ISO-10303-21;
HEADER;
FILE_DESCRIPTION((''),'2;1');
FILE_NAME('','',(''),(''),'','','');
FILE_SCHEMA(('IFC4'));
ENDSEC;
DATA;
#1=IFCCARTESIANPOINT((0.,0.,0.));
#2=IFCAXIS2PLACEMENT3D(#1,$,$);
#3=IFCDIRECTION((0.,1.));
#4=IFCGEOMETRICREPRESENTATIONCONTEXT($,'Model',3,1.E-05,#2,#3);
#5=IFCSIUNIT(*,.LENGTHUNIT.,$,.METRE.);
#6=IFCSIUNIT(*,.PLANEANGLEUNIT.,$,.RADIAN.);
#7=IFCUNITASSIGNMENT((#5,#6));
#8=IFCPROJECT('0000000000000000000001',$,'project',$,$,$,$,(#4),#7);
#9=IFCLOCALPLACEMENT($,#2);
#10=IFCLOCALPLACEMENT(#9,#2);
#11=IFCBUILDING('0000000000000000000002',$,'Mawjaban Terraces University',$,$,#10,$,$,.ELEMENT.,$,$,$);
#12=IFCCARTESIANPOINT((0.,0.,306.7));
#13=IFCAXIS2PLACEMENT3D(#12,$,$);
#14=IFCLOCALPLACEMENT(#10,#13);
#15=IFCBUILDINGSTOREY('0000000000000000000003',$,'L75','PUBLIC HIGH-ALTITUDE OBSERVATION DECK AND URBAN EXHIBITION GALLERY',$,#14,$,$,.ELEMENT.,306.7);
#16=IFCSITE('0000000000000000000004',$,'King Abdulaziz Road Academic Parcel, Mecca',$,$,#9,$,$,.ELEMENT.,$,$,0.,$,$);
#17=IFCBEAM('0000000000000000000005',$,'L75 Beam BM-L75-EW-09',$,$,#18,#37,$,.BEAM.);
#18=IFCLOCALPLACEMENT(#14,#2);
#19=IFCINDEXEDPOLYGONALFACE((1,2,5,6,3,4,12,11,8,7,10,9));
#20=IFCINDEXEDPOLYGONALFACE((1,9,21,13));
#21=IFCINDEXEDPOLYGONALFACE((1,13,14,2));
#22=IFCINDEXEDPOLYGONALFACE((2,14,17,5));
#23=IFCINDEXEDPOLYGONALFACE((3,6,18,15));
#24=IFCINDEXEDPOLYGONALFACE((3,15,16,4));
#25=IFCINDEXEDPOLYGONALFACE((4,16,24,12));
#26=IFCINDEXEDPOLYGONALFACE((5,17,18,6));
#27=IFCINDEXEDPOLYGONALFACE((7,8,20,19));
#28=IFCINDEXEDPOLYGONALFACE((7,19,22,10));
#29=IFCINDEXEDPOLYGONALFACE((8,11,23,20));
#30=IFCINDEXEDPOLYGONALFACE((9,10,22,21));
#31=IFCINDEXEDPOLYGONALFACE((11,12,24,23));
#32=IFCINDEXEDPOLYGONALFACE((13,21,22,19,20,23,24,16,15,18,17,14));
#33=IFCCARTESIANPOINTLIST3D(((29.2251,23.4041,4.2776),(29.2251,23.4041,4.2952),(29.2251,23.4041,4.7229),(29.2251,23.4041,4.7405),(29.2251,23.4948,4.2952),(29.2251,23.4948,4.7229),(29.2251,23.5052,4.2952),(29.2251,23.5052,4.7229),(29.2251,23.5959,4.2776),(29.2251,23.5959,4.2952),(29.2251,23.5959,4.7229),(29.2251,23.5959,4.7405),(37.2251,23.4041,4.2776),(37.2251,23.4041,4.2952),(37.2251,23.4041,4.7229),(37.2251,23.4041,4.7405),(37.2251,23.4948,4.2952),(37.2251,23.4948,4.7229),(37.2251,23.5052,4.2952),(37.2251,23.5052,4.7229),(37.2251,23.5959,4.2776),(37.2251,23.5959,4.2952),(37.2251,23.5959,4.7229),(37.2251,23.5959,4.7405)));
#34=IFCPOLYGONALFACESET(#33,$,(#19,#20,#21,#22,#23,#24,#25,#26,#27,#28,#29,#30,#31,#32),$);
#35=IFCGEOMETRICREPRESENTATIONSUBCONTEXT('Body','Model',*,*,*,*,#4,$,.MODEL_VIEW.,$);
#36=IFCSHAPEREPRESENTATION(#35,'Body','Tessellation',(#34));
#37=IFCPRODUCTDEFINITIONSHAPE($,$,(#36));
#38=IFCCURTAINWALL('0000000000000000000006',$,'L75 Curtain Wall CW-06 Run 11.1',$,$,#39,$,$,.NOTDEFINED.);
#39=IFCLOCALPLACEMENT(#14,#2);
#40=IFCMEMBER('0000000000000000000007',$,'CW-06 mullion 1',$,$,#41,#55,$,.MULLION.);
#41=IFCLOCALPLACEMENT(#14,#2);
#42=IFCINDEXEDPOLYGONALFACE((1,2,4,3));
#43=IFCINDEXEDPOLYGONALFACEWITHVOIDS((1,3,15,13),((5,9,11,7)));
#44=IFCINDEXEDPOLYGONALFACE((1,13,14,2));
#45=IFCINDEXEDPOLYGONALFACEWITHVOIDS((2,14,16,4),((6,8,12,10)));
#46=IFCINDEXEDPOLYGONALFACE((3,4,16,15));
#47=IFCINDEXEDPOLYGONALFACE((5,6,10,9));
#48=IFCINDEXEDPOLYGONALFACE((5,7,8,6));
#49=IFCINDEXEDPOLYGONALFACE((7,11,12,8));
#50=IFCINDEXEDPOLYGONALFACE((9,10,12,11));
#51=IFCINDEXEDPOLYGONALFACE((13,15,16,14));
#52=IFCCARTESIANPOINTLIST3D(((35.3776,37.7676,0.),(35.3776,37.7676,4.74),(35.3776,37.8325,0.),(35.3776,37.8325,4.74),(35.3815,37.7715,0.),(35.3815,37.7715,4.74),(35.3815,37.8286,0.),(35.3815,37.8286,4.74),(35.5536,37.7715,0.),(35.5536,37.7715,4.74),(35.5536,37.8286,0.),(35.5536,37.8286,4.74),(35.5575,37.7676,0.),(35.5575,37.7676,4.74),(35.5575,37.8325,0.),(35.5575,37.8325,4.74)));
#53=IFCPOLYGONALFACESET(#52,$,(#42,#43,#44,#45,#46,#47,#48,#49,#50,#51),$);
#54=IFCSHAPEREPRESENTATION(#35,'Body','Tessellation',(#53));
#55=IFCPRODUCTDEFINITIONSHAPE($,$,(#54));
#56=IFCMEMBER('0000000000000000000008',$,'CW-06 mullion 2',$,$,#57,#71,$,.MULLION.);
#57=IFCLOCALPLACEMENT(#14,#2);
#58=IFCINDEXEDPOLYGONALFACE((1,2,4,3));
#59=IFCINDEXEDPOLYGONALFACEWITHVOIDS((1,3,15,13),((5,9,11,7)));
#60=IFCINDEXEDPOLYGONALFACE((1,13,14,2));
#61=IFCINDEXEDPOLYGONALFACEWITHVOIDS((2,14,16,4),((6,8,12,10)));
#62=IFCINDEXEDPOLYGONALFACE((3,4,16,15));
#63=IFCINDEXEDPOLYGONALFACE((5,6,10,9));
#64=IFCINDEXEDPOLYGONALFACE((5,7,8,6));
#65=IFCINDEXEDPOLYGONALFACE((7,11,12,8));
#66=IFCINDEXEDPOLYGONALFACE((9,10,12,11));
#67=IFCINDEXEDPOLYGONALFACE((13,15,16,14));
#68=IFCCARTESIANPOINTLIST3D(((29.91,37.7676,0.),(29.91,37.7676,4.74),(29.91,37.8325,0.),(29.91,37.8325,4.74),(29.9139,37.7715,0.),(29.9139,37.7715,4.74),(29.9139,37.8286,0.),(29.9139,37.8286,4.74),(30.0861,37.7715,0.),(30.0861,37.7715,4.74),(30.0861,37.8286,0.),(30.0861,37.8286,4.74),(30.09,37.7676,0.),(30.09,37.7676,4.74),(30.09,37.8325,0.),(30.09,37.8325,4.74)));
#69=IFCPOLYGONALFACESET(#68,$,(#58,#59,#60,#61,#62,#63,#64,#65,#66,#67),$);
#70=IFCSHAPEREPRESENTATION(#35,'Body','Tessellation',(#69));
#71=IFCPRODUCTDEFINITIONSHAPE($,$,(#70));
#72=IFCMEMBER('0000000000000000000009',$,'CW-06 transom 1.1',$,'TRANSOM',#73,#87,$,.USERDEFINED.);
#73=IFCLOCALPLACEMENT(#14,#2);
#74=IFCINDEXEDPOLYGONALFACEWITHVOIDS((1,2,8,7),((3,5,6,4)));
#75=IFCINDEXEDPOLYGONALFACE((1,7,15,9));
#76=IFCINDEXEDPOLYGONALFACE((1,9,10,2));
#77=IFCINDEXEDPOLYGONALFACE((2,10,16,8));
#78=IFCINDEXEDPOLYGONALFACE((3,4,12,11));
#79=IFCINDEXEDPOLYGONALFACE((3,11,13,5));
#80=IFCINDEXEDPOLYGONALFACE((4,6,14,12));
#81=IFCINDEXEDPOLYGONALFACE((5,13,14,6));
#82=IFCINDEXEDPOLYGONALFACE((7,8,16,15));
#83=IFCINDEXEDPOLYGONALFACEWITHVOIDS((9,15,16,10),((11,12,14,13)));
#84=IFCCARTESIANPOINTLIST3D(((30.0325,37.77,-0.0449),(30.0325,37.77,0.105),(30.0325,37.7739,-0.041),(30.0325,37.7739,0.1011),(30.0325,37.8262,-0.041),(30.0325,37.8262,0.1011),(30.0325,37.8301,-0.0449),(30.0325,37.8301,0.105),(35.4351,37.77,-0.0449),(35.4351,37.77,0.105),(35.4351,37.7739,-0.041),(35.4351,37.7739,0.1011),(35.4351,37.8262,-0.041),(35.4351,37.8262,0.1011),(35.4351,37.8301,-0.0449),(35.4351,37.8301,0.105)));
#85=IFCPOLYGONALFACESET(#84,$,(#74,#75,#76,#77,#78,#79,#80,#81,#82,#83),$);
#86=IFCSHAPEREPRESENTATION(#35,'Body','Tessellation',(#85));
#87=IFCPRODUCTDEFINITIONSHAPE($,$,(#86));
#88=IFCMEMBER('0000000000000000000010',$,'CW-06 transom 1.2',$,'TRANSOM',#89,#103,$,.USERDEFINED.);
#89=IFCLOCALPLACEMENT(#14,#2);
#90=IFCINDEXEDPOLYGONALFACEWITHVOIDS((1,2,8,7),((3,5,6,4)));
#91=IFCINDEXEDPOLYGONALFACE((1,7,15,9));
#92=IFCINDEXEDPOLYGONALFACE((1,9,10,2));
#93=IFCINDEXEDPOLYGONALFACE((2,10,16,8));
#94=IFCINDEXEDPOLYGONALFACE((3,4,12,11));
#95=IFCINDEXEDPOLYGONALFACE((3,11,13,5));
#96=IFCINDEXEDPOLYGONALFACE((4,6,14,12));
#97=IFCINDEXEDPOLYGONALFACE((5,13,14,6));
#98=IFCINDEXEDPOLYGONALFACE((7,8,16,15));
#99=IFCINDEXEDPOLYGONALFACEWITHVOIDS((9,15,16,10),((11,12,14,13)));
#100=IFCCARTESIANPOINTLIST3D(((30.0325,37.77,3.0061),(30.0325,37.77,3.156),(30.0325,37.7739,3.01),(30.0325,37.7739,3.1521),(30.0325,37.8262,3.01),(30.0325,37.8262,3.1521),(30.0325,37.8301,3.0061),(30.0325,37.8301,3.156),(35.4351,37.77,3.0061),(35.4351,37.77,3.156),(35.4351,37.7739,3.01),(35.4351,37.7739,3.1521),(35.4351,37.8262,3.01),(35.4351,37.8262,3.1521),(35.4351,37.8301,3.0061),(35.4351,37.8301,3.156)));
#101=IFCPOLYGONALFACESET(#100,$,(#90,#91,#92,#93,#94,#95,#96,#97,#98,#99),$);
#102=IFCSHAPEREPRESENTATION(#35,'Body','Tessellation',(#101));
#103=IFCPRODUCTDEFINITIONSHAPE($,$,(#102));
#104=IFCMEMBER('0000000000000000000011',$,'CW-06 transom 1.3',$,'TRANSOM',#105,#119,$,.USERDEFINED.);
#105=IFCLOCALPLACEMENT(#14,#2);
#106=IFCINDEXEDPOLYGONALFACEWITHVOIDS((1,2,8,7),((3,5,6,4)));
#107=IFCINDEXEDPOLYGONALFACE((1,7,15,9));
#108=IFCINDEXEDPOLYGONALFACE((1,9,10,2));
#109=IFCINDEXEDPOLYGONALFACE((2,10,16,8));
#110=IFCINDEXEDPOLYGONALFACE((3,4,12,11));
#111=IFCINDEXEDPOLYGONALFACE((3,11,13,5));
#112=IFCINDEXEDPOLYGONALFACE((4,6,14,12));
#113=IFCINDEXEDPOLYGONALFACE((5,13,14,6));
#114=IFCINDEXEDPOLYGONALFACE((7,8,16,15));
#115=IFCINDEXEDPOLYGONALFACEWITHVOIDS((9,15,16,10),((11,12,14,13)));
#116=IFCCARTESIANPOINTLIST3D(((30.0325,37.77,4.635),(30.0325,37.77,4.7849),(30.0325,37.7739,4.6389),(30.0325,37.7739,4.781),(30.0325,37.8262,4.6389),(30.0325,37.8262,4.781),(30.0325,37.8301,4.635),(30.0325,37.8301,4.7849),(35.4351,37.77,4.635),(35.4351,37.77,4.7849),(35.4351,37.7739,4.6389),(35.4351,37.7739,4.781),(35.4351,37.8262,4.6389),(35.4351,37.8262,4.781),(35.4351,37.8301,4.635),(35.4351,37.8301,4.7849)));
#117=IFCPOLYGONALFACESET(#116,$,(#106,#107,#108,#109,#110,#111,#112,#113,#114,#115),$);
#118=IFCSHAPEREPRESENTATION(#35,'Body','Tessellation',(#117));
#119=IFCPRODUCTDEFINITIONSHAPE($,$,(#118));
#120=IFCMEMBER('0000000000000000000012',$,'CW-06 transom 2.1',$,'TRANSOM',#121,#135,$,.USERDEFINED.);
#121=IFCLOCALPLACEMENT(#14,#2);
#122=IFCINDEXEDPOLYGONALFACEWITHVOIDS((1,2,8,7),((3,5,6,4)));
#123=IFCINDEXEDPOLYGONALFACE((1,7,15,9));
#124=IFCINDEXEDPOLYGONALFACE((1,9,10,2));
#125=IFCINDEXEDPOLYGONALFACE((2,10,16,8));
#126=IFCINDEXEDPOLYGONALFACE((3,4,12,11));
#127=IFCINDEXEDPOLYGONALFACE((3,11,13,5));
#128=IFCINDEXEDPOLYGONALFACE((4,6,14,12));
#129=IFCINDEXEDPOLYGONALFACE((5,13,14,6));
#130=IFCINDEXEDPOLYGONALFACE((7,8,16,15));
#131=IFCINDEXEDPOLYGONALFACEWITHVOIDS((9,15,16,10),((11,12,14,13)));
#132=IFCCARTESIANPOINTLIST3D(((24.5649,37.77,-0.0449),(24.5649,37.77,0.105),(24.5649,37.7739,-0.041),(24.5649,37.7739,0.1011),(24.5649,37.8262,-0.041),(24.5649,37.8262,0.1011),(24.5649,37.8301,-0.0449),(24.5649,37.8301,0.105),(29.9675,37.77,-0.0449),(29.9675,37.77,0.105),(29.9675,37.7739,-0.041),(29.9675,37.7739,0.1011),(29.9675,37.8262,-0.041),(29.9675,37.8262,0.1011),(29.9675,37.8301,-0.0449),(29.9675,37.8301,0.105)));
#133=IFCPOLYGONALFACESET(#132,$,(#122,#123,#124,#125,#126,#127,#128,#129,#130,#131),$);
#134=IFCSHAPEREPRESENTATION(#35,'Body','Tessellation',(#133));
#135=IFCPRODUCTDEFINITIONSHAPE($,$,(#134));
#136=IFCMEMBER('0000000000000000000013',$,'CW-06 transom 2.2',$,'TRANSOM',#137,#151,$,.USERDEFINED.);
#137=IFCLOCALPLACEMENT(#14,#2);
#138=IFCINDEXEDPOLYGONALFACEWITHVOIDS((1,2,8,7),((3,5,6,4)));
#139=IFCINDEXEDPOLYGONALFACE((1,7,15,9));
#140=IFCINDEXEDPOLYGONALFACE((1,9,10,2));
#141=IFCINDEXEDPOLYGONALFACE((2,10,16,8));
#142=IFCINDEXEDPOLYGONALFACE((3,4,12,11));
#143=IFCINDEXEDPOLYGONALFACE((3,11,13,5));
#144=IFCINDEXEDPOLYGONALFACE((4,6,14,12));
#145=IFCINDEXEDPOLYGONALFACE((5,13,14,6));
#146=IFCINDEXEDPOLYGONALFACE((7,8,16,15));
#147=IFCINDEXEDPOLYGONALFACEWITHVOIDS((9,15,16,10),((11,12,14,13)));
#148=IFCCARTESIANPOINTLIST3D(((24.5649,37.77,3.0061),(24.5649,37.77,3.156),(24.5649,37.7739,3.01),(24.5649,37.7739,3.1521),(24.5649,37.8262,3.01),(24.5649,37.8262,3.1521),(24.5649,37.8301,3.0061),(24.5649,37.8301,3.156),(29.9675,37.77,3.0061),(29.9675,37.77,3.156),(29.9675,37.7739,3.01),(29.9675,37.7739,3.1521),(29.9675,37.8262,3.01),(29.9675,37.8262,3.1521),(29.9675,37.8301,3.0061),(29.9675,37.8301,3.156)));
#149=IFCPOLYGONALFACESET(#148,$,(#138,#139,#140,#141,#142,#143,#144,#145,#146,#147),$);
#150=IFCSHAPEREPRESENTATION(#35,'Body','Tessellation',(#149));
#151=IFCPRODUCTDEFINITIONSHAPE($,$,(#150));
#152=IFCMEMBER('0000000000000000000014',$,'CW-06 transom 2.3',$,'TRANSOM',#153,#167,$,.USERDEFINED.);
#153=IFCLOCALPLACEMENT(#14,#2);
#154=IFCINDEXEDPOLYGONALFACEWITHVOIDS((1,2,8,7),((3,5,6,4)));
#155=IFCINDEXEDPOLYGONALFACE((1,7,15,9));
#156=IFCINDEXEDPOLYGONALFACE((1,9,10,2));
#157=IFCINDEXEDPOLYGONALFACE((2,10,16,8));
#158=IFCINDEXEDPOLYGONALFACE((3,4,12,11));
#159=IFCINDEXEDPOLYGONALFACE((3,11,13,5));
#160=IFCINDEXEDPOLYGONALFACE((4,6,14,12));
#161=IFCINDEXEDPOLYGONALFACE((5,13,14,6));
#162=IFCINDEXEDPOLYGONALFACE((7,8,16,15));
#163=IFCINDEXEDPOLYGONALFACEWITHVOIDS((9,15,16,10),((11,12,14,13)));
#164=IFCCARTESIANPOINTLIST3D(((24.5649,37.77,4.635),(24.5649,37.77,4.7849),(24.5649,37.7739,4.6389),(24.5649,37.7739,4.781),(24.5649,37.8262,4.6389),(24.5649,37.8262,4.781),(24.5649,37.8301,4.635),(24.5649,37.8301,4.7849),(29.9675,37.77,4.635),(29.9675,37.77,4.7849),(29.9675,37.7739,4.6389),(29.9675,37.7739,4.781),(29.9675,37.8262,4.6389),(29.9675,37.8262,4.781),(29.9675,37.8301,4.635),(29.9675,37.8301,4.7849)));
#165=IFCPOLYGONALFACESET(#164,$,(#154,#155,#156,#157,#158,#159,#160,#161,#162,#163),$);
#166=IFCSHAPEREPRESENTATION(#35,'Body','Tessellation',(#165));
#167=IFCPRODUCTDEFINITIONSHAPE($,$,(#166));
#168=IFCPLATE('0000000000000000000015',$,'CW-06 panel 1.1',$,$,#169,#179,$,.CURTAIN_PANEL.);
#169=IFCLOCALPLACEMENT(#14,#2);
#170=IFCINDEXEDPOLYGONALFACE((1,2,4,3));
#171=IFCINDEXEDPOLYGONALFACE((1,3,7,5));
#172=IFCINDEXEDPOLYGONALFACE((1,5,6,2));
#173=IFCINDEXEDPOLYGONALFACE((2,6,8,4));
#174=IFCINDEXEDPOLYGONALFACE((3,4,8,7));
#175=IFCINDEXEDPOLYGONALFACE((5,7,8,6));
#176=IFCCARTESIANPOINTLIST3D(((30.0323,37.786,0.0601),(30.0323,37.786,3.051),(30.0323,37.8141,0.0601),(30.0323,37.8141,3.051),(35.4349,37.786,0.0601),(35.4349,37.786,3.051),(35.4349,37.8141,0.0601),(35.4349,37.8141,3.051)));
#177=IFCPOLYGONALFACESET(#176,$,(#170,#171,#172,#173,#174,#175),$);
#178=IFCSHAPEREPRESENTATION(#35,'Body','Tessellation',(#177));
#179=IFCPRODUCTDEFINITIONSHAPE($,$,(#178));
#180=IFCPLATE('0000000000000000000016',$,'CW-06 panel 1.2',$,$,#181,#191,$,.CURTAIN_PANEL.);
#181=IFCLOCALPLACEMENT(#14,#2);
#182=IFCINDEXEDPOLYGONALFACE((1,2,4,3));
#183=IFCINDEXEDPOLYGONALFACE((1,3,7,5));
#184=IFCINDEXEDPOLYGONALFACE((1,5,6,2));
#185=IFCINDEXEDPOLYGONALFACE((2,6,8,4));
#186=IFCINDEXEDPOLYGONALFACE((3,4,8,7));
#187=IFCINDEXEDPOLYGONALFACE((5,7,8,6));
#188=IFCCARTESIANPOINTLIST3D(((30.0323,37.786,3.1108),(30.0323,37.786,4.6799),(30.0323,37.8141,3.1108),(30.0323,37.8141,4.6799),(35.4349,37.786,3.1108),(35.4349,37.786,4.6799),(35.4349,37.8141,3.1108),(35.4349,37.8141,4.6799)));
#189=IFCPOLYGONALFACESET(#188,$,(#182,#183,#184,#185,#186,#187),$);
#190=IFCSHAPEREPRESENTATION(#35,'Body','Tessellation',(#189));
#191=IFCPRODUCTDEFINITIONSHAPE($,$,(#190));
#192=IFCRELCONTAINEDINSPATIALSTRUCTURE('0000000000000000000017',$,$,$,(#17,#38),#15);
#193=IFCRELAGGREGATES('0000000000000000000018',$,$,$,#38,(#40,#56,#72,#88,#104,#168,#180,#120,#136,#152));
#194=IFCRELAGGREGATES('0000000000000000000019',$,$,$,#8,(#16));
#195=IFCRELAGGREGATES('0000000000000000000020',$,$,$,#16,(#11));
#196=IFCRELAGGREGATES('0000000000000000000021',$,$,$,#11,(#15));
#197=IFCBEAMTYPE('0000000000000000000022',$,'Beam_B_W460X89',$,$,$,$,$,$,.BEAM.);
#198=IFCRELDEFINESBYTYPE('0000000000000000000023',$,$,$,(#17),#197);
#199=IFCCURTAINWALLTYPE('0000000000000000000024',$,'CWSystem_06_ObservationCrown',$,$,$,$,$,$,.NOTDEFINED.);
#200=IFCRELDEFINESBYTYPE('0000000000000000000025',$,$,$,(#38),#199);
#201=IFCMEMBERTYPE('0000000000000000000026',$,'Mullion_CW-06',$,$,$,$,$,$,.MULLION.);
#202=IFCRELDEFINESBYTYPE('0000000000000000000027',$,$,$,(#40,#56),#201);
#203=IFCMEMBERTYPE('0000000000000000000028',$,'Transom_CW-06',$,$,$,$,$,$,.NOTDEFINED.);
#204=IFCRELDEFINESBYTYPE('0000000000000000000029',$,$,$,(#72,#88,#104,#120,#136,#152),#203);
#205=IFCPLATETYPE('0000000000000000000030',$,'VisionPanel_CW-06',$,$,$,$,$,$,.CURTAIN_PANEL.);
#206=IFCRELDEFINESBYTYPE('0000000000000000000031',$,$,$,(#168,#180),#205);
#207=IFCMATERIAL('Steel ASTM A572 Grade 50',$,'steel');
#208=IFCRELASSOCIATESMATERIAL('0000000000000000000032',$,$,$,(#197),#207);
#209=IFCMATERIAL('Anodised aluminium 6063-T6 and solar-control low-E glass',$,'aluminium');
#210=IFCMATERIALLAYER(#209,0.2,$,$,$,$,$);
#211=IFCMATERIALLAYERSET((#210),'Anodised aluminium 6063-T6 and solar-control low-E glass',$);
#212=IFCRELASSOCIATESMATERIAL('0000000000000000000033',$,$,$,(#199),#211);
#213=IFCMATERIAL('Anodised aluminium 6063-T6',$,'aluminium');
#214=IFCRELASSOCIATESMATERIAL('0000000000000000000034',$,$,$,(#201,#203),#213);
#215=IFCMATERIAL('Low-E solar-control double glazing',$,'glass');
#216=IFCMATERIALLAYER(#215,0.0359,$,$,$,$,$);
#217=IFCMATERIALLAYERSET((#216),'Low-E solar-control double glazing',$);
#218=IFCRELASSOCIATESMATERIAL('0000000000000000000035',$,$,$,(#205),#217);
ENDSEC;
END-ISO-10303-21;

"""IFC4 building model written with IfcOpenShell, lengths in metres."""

from ifc_helpers import new_model, si_unit, direction, frame, origin, origin_2d, place, context, subcontext, project, spatial, rectangle, hollow_rectangle, i_section, extrude, material, layer, layer_set, material_profile, profile_set, type_object, element, aggregate, save


model = new_model("IFC4")

# Units and contexts
model_context = context("Model", 3, precision=1e-05, world=origin(), true_north=direction((0.0, 1.0)))
body_context = subcontext(model_context, "Body", "Model", "MODEL_VIEW")
ifc_project = project(units=[si_unit("LENGTHUNIT", "METRE"), si_unit("PLANEANGLEUNIT", "RADIAN")], contexts=[model_context])

# Site, building, storey
site_placement = place(None, origin())
site = spatial("IfcSite", under=ifc_project, at=site_placement, Name="King Abdulaziz Road Academic Parcel, Mecca", CompositionType="ELEMENT", RefElevation=0.0)
building_placement = place(site_placement, origin())
building = spatial("IfcBuilding", under=site, at=building_placement, Name="Mawjaban Terraces University", CompositionType="ELEMENT")
storey_placement = place(building_placement, frame((0.0, 0.0, 306.7)))
storey = spatial("IfcBuildingStorey", under=building, at=storey_placement, Name="L75", Description="PUBLIC HIGH-ALTITUDE OBSERVATION DECK AND URBAN EXHIBITION GALLERY", CompositionType="ELEMENT", Elevation=306.7)

# Beam
ifc_material_1 = material(Name="Steel ASTM A572 Grade 50", Category="steel")
ifc_material_profile_1 = material_profile(ifc_material_1, i_section(OverallWidth=0.1919, OverallDepth=0.4629, WebThickness=0.0105, FlangeThickness=0.0176, at=origin_2d()), Name="W460X89")
ifc_profile_set_1 = profile_set([ifc_material_profile_1], Name="Steel ASTM A572 Grade 50")
beam_type = type_object("IfcBeamType", Name="Beam_B_W460X89", PredefinedType="BEAM", material=ifc_profile_set_1)
beam_placement = place(storey_placement, frame((29.2251, 23.5, 4.509), z_axis=(1.0, 0.0, 0.0), x_axis=(0.0, 1.0, 0.0)))
element("IfcBeam", 1, at=beam_placement, inside=storey, type_object=beam_type, Name="L75 Beam BM-L75-EW-09", PredefinedType="BEAM", context=body_context, shape_type="SweptSolid", body=[
    extrude(i_section(OverallWidth=0.1919, OverallDepth=0.4629, WebThickness=0.0105, FlangeThickness=0.0176, at=origin_2d()), origin(), (0.0, 0.0, 1.0), 8.0),
])

# Curtain wall, members, plates
ifc_material_2 = material(Name="Anodised aluminium 6063-T6 and solar-control low-E glass", Category="aluminium")
ifc_layer_1 = layer(ifc_material_2, 0.2)
ifc_layer_set_1 = layer_set([ifc_layer_1], Name="Anodised aluminium 6063-T6 and solar-control low-E glass")
curtain_wall_type = type_object("IfcCurtainWallType", Name="CWSystem_06_ObservationCrown", PredefinedType="NOTDEFINED", material=ifc_layer_set_1)
curtain_wall_placement = place(storey_placement, origin())
curtain_wall = element("IfcCurtainWall", 2, at=curtain_wall_placement, inside=storey, type_object=curtain_wall_type, Name="L75 Curtain Wall CW-06 Run 11.1", PredefinedType="NOTDEFINED")
ifc_material_3 = material(Name="Anodised aluminium 6063-T6", Category="aluminium")
ifc_material_profile_2 = material_profile(ifc_material_3, hollow_rectangle(XDim=0.0649, YDim=0.1799, WallThickness=0.0039, at=origin_2d()), Name="ALU180X65X4")
ifc_profile_set_2 = profile_set([ifc_material_profile_2], Name="Anodised aluminium 6063-T6")
member_type_1 = type_object("IfcMemberType", Name="Mullion_CW-06", PredefinedType="MULLION", material=ifc_profile_set_2)
member_1_placement = place(storey_placement, frame((35.4675, 37.8, 0.0), z_axis=(0.0, 0.0, 1.0), x_axis=(0.0, -1.0, 0.0)))
member_1 = element("IfcMember", 3, at=member_1_placement, type_object=member_type_1, Name="CW-06 mullion 1", PredefinedType="MULLION", context=body_context, shape_type="SweptSolid", body=[
    extrude(hollow_rectangle(XDim=0.0649, YDim=0.1799, WallThickness=0.0039, at=origin_2d()), origin(), (0.0, 0.0, 1.0), 4.74),
])
member_2_placement = place(storey_placement, frame((30.0, 37.8, 0.0), z_axis=(0.0, 0.0, 1.0), x_axis=(0.0, -1.0, 0.0)))
member_2 = element("IfcMember", 4, at=member_2_placement, type_object=member_type_1, Name="CW-06 mullion 2", PredefinedType="MULLION", context=body_context, shape_type="SweptSolid", body=[
    extrude(hollow_rectangle(XDim=0.0649, YDim=0.1799, WallThickness=0.0039, at=origin_2d()), origin(), (0.0, 0.0, 1.0), 4.74),
])
ifc_material_profile_3 = material_profile(ifc_material_3, hollow_rectangle(XDim=0.0601, YDim=0.1499, WallThickness=0.0039, at=origin_2d()), Name="ALU150X60X4")
ifc_profile_set_3 = profile_set([ifc_material_profile_3], Name="Anodised aluminium 6063-T6")
member_type_2 = type_object("IfcMemberType", Name="Transom_CW-06", PredefinedType="NOTDEFINED", material=ifc_profile_set_3)
member_3_placement = place(storey_placement, frame((35.4351, 37.8, 0.03), z_axis=(-1.0, 0.0, 0.0), x_axis=(0.0, -1.0, 0.0)))
member_3 = element("IfcMember", 5, at=member_3_placement, type_object=member_type_2, Name="CW-06 transom 1.1", ObjectType="TRANSOM", PredefinedType="USERDEFINED", context=body_context, shape_type="SweptSolid", body=[
    extrude(hollow_rectangle(XDim=0.0601, YDim=0.1499, WallThickness=0.0039, at=origin_2d()), origin(), (0.0, 0.0, 1.0), 5.4026),
])
member_4_placement = place(storey_placement, frame((35.4351, 37.8, 3.0811), z_axis=(-1.0, 0.0, 0.0), x_axis=(0.0, -1.0, 0.0)))
member_4 = element("IfcMember", 6, at=member_4_placement, type_object=member_type_2, Name="CW-06 transom 1.2", ObjectType="TRANSOM", PredefinedType="USERDEFINED", context=body_context, shape_type="SweptSolid", body=[
    extrude(hollow_rectangle(XDim=0.0601, YDim=0.1499, WallThickness=0.0039, at=origin_2d()), origin(), (0.0, 0.0, 1.0), 5.4026),
])
member_5_placement = place(storey_placement, frame((35.4351, 37.8, 4.71), z_axis=(-1.0, 0.0, 0.0), x_axis=(0.0, -1.0, 0.0)))
member_5 = element("IfcMember", 7, at=member_5_placement, type_object=member_type_2, Name="CW-06 transom 1.3", ObjectType="TRANSOM", PredefinedType="USERDEFINED", context=body_context, shape_type="SweptSolid", body=[
    extrude(hollow_rectangle(XDim=0.0601, YDim=0.1499, WallThickness=0.0039, at=origin_2d()), origin(), (0.0, 0.0, 1.0), 5.4026),
])
member_6_placement = place(storey_placement, frame((29.9675, 37.8, 0.03), z_axis=(-1.0, 0.0, 0.0), x_axis=(0.0, -1.0, 0.0)))
member_6 = element("IfcMember", 8, at=member_6_placement, type_object=member_type_2, Name="CW-06 transom 2.1", ObjectType="TRANSOM", PredefinedType="USERDEFINED", context=body_context, shape_type="SweptSolid", body=[
    extrude(hollow_rectangle(XDim=0.0601, YDim=0.1499, WallThickness=0.0039, at=origin_2d()), origin(), (0.0, 0.0, 1.0), 5.4026),
])
member_7_placement = place(storey_placement, frame((29.9675, 37.8, 3.0811), z_axis=(-1.0, 0.0, 0.0), x_axis=(0.0, -1.0, 0.0)))
member_7 = element("IfcMember", 9, at=member_7_placement, type_object=member_type_2, Name="CW-06 transom 2.2", ObjectType="TRANSOM", PredefinedType="USERDEFINED", context=body_context, shape_type="SweptSolid", body=[
    extrude(hollow_rectangle(XDim=0.0601, YDim=0.1499, WallThickness=0.0039, at=origin_2d()), origin(), (0.0, 0.0, 1.0), 5.4026),
])
member_8_placement = place(storey_placement, frame((29.9675, 37.8, 4.71), z_axis=(-1.0, 0.0, 0.0), x_axis=(0.0, -1.0, 0.0)))
member_8 = element("IfcMember", 10, at=member_8_placement, type_object=member_type_2, Name="CW-06 transom 2.3", ObjectType="TRANSOM", PredefinedType="USERDEFINED", context=body_context, shape_type="SweptSolid", body=[
    extrude(hollow_rectangle(XDim=0.0601, YDim=0.1499, WallThickness=0.0039, at=origin_2d()), origin(), (0.0, 0.0, 1.0), 5.4026),
])
ifc_material_4 = material(Name="Low-E solar-control double glazing", Category="glass")
ifc_layer_2 = layer(ifc_material_4, 0.0359)
ifc_layer_set_2 = layer_set([ifc_layer_2], Name="Low-E solar-control double glazing")
plate_type = type_object("IfcPlateType", Name="VisionPanel_CW-06", PredefinedType="CURTAIN_PANEL", material=ifc_layer_set_2)
plate_1_placement = place(storey_placement, frame((32.7336, 37.8, 0.0601), z_axis=(0.0, 0.0, 1.0), x_axis=(-1.0, 0.0, 0.0)))
plate_1 = element("IfcPlate", 11, at=plate_1_placement, type_object=plate_type, Name="CW-06 panel 1.1", PredefinedType="CURTAIN_PANEL", context=body_context, shape_type="SweptSolid", body=[
    extrude(rectangle(XDim=5.4026, YDim=0.0281, at=origin_2d()), origin(), (0.0, 0.0, 1.0), 2.991),
])
plate_2_placement = place(storey_placement, frame((32.7336, 37.8, 3.1108), z_axis=(0.0, 0.0, 1.0), x_axis=(-1.0, 0.0, 0.0)))
plate_2 = element("IfcPlate", 12, at=plate_2_placement, type_object=plate_type, Name="CW-06 panel 1.2", PredefinedType="CURTAIN_PANEL", context=body_context, shape_type="SweptSolid", body=[
    extrude(rectangle(XDim=5.4026, YDim=0.0281, at=origin_2d()), origin(), (0.0, 0.0, 1.0), 1.5691),
])
aggregate(curtain_wall, [member_1, member_2, member_3, member_4, member_5, plate_1, plate_2, member_6, member_7, member_8])

save(model, "model.ifc")
